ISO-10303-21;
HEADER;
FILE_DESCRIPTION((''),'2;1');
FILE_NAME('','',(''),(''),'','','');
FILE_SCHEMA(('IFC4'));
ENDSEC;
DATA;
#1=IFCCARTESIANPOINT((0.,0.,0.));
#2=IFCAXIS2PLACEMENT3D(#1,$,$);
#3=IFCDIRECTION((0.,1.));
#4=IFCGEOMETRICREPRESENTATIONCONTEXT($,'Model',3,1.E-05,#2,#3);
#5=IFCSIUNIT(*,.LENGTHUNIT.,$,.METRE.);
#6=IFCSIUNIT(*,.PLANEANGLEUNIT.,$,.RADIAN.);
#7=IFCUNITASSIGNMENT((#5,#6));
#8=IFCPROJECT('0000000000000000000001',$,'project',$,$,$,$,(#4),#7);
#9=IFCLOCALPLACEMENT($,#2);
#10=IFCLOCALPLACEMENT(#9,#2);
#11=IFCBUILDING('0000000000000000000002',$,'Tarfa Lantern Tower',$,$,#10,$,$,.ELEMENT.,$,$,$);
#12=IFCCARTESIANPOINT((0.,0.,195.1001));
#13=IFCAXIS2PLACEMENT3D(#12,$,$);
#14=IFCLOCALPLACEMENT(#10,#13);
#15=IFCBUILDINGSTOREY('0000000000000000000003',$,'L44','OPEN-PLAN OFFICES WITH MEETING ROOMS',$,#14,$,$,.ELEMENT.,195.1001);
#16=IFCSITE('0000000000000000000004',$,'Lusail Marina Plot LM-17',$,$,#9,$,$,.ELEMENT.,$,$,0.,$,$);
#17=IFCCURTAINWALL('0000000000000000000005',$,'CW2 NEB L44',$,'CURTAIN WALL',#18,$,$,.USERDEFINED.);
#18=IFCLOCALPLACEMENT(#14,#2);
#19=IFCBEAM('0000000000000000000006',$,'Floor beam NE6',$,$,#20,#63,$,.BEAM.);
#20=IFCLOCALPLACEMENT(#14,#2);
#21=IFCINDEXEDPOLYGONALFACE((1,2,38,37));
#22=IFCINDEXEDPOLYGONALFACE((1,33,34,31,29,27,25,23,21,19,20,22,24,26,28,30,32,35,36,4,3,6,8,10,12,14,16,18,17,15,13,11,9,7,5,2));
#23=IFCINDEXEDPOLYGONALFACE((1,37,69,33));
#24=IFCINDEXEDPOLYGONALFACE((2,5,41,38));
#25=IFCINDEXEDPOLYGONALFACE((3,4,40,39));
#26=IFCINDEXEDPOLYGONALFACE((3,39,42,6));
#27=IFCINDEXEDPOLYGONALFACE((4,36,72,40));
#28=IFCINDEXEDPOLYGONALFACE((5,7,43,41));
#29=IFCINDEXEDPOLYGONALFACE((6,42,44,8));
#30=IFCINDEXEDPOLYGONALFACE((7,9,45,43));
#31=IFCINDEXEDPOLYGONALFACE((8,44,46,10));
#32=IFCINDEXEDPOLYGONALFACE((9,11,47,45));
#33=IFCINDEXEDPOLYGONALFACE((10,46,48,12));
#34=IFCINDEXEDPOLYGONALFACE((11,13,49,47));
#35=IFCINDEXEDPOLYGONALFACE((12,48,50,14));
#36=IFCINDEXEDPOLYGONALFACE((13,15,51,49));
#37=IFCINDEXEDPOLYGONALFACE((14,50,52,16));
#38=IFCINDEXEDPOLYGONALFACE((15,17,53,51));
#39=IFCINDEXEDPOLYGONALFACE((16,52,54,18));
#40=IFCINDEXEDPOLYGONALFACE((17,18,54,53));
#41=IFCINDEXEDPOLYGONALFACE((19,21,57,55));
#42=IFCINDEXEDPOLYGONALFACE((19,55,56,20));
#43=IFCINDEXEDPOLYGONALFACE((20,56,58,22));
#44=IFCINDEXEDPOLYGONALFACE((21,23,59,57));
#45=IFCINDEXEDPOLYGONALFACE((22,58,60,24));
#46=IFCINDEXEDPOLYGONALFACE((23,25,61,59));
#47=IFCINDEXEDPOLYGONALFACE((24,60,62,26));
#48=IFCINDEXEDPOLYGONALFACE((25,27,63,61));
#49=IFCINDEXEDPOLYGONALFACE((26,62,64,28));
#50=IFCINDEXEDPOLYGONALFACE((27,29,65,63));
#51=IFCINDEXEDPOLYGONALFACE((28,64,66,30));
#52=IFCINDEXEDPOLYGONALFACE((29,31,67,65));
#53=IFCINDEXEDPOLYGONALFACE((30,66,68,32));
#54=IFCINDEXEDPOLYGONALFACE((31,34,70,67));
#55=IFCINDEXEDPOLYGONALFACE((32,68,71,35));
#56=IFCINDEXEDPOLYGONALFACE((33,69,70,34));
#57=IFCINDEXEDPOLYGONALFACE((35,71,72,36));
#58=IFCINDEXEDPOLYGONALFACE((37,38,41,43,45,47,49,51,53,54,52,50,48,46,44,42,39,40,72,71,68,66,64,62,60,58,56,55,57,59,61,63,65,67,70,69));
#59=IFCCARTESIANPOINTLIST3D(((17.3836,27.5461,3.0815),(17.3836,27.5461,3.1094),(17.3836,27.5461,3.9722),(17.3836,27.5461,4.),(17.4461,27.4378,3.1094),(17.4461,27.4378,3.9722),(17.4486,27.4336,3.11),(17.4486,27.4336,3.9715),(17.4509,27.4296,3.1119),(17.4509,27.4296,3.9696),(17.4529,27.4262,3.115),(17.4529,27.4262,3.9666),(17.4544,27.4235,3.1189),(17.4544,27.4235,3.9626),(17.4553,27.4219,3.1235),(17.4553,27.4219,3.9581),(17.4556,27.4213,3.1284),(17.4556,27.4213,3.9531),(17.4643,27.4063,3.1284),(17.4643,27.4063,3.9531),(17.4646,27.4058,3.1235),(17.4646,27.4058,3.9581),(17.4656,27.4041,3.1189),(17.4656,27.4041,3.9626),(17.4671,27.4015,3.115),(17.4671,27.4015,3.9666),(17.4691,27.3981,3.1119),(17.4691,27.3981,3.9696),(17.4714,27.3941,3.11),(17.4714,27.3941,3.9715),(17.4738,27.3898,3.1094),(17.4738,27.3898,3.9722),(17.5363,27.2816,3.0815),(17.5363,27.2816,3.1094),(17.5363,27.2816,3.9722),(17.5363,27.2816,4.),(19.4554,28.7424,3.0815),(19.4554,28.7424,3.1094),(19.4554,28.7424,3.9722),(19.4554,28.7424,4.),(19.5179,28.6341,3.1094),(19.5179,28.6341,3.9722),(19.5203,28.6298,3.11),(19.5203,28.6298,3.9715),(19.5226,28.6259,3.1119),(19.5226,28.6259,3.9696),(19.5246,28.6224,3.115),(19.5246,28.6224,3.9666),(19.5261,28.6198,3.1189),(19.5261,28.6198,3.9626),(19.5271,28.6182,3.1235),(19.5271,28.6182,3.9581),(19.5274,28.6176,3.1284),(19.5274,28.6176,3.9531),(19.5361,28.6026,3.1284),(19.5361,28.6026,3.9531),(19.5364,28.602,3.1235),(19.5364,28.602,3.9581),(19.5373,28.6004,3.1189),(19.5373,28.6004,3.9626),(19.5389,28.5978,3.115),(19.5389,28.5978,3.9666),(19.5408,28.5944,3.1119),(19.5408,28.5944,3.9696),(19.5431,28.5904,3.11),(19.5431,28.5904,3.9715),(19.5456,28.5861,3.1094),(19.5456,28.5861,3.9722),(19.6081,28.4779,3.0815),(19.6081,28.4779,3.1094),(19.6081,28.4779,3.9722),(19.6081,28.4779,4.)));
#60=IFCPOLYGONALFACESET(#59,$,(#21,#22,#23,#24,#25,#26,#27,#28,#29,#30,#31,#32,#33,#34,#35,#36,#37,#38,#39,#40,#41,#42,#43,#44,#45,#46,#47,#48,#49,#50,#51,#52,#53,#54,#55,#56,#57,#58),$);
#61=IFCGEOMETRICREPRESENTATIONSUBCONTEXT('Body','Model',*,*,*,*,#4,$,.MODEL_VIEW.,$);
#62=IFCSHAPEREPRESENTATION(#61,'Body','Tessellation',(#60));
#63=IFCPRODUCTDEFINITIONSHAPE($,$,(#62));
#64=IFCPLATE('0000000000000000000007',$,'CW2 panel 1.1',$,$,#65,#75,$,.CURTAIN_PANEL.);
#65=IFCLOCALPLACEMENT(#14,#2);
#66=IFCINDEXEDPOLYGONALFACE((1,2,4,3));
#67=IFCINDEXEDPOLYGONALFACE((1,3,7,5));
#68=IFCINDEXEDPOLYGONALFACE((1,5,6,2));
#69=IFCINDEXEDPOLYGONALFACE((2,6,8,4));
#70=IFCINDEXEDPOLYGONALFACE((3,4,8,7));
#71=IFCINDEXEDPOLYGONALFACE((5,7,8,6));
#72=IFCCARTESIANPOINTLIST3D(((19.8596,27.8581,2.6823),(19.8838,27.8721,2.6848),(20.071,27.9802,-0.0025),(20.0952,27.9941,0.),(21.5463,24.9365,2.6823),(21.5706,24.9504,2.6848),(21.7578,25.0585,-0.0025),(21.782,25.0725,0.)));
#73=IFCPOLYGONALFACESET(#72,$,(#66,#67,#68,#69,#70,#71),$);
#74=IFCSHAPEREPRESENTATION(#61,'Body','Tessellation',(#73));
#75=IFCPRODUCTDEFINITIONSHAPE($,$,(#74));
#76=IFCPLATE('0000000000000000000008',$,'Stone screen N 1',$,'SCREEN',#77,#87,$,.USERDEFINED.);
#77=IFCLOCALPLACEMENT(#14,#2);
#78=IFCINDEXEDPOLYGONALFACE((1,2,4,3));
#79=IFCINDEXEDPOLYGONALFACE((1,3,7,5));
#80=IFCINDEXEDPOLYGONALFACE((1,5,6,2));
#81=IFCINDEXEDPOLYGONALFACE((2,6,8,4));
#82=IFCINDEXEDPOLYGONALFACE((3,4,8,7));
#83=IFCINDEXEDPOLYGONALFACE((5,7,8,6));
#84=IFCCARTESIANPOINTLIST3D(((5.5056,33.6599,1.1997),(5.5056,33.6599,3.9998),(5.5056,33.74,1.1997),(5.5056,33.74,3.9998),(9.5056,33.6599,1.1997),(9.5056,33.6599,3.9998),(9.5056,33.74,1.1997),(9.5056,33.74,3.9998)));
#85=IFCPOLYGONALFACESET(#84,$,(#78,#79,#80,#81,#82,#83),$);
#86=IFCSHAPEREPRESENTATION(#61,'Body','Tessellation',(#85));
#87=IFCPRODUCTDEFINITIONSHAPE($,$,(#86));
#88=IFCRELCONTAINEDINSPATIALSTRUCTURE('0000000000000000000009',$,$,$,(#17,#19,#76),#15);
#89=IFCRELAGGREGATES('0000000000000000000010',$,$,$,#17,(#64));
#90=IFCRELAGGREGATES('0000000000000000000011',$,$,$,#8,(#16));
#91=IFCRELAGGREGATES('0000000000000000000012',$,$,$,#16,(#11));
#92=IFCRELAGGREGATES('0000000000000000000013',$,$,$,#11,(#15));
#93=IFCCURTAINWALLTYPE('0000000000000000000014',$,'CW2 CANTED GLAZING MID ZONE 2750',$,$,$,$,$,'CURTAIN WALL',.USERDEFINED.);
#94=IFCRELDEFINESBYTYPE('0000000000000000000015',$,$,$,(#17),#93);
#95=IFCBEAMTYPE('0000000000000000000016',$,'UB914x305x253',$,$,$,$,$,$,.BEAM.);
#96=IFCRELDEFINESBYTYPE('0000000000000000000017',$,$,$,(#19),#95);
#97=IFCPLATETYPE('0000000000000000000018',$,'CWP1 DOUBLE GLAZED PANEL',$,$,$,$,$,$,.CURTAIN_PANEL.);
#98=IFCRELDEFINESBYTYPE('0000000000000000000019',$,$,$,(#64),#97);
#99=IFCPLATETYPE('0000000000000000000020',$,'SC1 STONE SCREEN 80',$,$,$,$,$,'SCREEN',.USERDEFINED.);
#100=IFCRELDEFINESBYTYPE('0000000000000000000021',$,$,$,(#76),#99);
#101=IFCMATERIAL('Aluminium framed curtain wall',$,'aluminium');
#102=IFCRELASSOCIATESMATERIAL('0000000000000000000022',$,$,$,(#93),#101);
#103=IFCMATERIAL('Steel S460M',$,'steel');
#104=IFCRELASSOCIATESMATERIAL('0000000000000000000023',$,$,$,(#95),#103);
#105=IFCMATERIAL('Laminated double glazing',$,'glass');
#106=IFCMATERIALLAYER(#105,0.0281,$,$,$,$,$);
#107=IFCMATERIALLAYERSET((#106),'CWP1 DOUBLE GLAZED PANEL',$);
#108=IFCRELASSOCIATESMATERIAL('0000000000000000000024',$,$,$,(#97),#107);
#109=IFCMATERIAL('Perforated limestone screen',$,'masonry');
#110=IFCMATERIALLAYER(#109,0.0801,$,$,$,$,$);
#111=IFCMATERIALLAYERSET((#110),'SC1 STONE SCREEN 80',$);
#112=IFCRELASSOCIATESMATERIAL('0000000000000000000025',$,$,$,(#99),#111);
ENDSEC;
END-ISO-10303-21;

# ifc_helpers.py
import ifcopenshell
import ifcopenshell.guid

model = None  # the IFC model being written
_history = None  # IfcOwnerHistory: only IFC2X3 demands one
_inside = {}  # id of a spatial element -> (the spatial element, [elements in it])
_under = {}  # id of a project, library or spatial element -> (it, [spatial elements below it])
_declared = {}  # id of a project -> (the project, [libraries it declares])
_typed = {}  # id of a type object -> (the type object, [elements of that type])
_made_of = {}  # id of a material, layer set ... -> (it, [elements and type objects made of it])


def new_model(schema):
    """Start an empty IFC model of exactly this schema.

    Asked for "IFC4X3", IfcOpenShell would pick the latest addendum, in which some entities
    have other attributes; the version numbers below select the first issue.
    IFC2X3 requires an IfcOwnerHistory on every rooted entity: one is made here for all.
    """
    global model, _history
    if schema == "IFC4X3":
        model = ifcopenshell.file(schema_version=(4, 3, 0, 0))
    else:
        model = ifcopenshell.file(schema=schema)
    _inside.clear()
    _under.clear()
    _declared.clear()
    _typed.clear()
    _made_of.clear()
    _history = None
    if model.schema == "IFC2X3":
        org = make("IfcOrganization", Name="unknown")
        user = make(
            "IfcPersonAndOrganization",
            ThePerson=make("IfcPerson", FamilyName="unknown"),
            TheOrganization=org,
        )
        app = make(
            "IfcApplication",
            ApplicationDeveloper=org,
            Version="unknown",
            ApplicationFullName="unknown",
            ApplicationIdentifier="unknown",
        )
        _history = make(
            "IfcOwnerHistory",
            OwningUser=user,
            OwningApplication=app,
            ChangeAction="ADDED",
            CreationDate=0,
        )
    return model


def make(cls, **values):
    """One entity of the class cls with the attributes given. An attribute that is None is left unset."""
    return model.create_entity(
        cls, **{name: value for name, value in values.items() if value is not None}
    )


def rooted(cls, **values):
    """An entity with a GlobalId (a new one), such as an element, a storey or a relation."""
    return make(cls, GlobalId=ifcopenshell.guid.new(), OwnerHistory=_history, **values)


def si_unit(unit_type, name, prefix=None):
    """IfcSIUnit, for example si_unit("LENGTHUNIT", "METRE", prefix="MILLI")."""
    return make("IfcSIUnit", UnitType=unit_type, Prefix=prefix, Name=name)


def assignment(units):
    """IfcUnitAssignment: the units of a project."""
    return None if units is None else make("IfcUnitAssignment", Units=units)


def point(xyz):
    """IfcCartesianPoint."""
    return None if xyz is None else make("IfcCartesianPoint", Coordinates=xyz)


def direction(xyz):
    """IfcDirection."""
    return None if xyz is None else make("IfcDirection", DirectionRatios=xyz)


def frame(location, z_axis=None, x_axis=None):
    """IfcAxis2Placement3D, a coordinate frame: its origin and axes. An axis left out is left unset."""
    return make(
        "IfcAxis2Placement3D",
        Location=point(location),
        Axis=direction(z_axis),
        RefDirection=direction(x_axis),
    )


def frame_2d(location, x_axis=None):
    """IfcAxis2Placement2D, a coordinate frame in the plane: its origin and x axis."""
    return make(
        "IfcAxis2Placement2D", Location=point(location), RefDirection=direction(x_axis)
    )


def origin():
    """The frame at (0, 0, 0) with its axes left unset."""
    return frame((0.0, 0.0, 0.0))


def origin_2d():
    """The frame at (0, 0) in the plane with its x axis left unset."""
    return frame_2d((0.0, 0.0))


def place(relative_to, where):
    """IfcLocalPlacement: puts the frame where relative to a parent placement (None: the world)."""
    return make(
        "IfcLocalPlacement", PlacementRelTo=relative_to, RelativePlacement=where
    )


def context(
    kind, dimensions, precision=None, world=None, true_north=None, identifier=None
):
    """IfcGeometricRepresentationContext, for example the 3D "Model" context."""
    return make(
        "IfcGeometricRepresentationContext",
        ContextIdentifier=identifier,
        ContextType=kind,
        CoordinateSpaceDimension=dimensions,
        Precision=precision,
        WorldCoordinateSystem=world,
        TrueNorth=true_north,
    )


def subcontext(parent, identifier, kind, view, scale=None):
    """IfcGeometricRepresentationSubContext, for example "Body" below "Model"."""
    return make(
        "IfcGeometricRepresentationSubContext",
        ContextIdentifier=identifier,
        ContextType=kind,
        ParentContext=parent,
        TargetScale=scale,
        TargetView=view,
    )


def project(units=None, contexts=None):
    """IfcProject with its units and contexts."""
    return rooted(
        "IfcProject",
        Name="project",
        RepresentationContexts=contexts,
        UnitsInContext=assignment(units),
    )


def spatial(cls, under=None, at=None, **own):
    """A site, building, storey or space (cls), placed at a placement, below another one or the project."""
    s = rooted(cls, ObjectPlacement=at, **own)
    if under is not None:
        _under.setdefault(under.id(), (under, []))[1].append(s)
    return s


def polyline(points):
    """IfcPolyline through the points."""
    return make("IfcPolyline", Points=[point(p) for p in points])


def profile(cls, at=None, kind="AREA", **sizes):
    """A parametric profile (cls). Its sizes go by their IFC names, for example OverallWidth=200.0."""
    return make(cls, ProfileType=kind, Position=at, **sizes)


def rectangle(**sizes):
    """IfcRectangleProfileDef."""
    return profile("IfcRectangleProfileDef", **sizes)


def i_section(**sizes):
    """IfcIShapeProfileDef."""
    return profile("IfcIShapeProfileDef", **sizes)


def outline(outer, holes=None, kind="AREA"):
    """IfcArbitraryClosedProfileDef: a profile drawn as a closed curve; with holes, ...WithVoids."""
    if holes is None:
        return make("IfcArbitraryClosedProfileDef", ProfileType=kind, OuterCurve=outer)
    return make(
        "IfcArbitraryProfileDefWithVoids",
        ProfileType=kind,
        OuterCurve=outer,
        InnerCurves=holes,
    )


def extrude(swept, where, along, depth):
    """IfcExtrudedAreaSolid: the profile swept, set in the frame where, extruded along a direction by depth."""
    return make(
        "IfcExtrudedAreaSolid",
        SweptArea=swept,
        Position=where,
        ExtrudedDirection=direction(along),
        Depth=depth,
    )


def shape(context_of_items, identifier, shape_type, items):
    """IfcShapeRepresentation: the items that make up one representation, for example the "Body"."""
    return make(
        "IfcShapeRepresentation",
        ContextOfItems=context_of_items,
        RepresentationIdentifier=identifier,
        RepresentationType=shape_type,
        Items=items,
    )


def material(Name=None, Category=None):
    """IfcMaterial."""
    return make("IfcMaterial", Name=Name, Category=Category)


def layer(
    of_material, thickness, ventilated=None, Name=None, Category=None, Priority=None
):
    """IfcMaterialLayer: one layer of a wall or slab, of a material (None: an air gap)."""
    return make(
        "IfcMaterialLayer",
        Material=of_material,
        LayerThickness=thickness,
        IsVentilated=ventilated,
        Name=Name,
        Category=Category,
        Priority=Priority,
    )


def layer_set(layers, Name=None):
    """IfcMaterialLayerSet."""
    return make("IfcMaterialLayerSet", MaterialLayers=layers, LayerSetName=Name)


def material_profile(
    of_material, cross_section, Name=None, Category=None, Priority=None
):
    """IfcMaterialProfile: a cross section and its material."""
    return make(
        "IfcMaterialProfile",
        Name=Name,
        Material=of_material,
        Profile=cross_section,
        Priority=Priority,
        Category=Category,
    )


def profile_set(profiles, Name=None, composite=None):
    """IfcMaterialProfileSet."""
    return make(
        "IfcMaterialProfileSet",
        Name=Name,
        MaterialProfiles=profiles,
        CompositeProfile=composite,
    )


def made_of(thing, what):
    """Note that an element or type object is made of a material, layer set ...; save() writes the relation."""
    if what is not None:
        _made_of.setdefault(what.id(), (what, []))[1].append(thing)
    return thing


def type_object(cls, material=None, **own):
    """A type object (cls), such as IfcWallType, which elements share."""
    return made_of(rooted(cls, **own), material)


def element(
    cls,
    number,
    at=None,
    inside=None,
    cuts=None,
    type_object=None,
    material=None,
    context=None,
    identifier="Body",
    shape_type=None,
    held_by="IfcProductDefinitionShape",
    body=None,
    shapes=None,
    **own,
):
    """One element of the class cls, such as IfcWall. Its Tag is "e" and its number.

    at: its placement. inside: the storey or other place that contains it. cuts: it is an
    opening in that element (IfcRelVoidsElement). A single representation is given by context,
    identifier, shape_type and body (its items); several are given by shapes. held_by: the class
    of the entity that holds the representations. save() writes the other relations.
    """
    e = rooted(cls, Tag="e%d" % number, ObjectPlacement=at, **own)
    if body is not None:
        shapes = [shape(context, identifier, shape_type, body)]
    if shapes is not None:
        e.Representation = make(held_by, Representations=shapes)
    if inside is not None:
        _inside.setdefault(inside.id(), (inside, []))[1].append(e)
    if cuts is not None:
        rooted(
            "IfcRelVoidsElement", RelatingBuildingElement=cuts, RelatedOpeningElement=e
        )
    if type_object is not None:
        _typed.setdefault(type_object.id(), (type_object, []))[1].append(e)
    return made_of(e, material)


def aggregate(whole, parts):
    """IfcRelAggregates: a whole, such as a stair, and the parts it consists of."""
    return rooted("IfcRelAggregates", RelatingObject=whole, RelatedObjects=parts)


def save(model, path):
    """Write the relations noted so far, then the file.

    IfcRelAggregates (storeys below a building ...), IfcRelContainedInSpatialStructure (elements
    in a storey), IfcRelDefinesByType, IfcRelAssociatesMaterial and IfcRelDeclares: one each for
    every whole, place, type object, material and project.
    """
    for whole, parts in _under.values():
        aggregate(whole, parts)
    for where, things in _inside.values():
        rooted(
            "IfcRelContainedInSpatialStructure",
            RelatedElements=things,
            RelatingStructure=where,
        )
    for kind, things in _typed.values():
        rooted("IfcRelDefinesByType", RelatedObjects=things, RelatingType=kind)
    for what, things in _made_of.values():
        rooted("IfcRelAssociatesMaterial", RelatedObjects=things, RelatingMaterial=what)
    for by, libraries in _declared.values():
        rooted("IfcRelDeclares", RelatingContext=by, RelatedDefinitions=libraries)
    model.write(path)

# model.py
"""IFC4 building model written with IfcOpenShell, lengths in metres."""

from ifc_helpers import new_model, si_unit, direction, frame, origin, origin_2d, place, context, subcontext, project, spatial, polyline, rectangle, i_section, outline, extrude, material, layer, layer_set, material_profile, profile_set, type_object, element, aggregate, save


model = new_model("IFC4")

# Units and contexts
model_context = context("Model", 3, precision=1e-05, world=origin(), true_north=direction((0.0, 1.0)))
body_context = subcontext(model_context, "Body", "Model", "MODEL_VIEW")
ifc_project = project(units=[si_unit("LENGTHUNIT", "METRE"), si_unit("PLANEANGLEUNIT", "RADIAN")], contexts=[model_context])

# Site, building, storey
site_placement = place(None, origin())
site = spatial("IfcSite", under=ifc_project, at=site_placement, Name="Lusail Marina Plot LM-17", CompositionType="ELEMENT", RefElevation=0.0)
building_placement = place(site_placement, origin())
building = spatial("IfcBuilding", under=site, at=building_placement, Name="Tarfa Lantern Tower", CompositionType="ELEMENT")
storey_placement = place(building_placement, frame((0.0, 0.0, 195.1001)))
storey = spatial("IfcBuildingStorey", under=building, at=storey_placement, Name="L44", Description="OPEN-PLAN OFFICES WITH MEETING ROOMS", CompositionType="ELEMENT", Elevation=195.1001)

# Shared definitions
ifc_material_1 = material(Name="Aluminium framed curtain wall", Category="aluminium")
curtain_wall_type = type_object("IfcCurtainWallType", Name="CW2 CANTED GLAZING MID ZONE 2750", ElementType="CURTAIN WALL", PredefinedType="USERDEFINED", material=ifc_material_1)

# Curtain wall
curtain_wall_1_placement = place(storey_placement, origin())
curtain_wall_1 = element("IfcCurtainWall", 1, at=curtain_wall_1_placement, inside=storey, type_object=curtain_wall_type, Name="CW2 NEB L44", ObjectType="CURTAIN WALL", PredefinedType="USERDEFINED")

# Beam
ifc_material_2 = material(Name="Steel S460M", Category="steel")
ifc_material_profile_1 = material_profile(ifc_material_2, i_section(OverallWidth=0.3054, OverallDepth=0.9185, WebThickness=0.0173, FlangeThickness=0.0278, FilletRadius=0.019, at=origin_2d()), Name="UB914x305x253")
ifc_profile_set_1 = profile_set([ifc_material_profile_1], Name="Steel S460M")
beam_type_1 = type_object("IfcBeamType", Name="UB914x305x253", PredefinedType="BEAM", material=ifc_profile_set_1)
beam_1_placement = place(storey_placement, frame((19.5317, 28.6101, 3.5408), z_axis=(-0.865999, -0.500046, 0.0), x_axis=(0.500046, -0.865999, 0.0)))
element("IfcBeam", 2, at=beam_1_placement, inside=storey, type_object=beam_type_1, Name="Floor beam NE6", PredefinedType="BEAM", context=body_context, shape_type="SweptSolid", body=[
    extrude(i_section(OverallWidth=0.3054, OverallDepth=0.9185, WebThickness=0.0173, FlangeThickness=0.0278, FilletRadius=0.019, at=origin_2d()), origin(), (0.0, 0.0, 1.0), 2.3923),
])

# Plates
ifc_material_3 = material(Name="Laminated double glazing", Category="glass")
ifc_layer_1 = layer(ifc_material_3, 0.0281)
ifc_layer_set_1 = layer_set([ifc_layer_1], Name="CWP1 DOUBLE GLAZED PANEL")
plate_type_1 = type_object("IfcPlateType", Name="CWP1 DOUBLE GLAZED PANEL", PredefinedType="CURTAIN_PANEL", material=ifc_layer_set_1)
plate_1_placement = place(storey_placement, frame((21.782, 25.0725, 0.0), z_axis=(0.862472, 0.497937, 0.090558), x_axis=(-0.499992, 0.86603, 0.0)))
plate_1 = element("IfcPlate", 3, at=plate_1_placement, type_object=plate_type_1, Name="CW2 panel 1.1", PredefinedType="CURTAIN_PANEL", context=body_context, shape_type="SweptSolid", body=[
    extrude(outline(polyline([(0.0, 0.0), (3.3736, 0.0), (3.3736, 2.6959), (0.0, 2.6959), (0.0, 0.0)])), origin(), (0.0, 0.0, -1.0), 0.0281),
])
aggregate(curtain_wall_1, [plate_1])
ifc_material_4 = material(Name="Perforated limestone screen", Category="masonry")
ifc_layer_2 = layer(ifc_material_4, 0.0801)
ifc_layer_set_2 = layer_set([ifc_layer_2], Name="SC1 STONE SCREEN 80")
plate_type_2 = type_object("IfcPlateType", Name="SC1 STONE SCREEN 80", ElementType="SCREEN", PredefinedType="USERDEFINED", material=ifc_layer_set_2)
plate_2_placement = place(storey_placement, frame((7.5056, 33.7, 1.1997), z_axis=(0.0, 0.0, 1.0), x_axis=(-1.0, 0.0, 0.0)))
element("IfcPlate", 4, at=plate_2_placement, inside=storey, type_object=plate_type_2, Name="Stone screen N 1", ObjectType="SCREEN", PredefinedType="USERDEFINED", context=body_context, shape_type="SweptSolid", body=[
    extrude(rectangle(XDim=4.0, YDim=0.0801, at=origin_2d()), origin(), (0.0, 0.0, 1.0), 2.8),
])

save(model, "model.ifc")
